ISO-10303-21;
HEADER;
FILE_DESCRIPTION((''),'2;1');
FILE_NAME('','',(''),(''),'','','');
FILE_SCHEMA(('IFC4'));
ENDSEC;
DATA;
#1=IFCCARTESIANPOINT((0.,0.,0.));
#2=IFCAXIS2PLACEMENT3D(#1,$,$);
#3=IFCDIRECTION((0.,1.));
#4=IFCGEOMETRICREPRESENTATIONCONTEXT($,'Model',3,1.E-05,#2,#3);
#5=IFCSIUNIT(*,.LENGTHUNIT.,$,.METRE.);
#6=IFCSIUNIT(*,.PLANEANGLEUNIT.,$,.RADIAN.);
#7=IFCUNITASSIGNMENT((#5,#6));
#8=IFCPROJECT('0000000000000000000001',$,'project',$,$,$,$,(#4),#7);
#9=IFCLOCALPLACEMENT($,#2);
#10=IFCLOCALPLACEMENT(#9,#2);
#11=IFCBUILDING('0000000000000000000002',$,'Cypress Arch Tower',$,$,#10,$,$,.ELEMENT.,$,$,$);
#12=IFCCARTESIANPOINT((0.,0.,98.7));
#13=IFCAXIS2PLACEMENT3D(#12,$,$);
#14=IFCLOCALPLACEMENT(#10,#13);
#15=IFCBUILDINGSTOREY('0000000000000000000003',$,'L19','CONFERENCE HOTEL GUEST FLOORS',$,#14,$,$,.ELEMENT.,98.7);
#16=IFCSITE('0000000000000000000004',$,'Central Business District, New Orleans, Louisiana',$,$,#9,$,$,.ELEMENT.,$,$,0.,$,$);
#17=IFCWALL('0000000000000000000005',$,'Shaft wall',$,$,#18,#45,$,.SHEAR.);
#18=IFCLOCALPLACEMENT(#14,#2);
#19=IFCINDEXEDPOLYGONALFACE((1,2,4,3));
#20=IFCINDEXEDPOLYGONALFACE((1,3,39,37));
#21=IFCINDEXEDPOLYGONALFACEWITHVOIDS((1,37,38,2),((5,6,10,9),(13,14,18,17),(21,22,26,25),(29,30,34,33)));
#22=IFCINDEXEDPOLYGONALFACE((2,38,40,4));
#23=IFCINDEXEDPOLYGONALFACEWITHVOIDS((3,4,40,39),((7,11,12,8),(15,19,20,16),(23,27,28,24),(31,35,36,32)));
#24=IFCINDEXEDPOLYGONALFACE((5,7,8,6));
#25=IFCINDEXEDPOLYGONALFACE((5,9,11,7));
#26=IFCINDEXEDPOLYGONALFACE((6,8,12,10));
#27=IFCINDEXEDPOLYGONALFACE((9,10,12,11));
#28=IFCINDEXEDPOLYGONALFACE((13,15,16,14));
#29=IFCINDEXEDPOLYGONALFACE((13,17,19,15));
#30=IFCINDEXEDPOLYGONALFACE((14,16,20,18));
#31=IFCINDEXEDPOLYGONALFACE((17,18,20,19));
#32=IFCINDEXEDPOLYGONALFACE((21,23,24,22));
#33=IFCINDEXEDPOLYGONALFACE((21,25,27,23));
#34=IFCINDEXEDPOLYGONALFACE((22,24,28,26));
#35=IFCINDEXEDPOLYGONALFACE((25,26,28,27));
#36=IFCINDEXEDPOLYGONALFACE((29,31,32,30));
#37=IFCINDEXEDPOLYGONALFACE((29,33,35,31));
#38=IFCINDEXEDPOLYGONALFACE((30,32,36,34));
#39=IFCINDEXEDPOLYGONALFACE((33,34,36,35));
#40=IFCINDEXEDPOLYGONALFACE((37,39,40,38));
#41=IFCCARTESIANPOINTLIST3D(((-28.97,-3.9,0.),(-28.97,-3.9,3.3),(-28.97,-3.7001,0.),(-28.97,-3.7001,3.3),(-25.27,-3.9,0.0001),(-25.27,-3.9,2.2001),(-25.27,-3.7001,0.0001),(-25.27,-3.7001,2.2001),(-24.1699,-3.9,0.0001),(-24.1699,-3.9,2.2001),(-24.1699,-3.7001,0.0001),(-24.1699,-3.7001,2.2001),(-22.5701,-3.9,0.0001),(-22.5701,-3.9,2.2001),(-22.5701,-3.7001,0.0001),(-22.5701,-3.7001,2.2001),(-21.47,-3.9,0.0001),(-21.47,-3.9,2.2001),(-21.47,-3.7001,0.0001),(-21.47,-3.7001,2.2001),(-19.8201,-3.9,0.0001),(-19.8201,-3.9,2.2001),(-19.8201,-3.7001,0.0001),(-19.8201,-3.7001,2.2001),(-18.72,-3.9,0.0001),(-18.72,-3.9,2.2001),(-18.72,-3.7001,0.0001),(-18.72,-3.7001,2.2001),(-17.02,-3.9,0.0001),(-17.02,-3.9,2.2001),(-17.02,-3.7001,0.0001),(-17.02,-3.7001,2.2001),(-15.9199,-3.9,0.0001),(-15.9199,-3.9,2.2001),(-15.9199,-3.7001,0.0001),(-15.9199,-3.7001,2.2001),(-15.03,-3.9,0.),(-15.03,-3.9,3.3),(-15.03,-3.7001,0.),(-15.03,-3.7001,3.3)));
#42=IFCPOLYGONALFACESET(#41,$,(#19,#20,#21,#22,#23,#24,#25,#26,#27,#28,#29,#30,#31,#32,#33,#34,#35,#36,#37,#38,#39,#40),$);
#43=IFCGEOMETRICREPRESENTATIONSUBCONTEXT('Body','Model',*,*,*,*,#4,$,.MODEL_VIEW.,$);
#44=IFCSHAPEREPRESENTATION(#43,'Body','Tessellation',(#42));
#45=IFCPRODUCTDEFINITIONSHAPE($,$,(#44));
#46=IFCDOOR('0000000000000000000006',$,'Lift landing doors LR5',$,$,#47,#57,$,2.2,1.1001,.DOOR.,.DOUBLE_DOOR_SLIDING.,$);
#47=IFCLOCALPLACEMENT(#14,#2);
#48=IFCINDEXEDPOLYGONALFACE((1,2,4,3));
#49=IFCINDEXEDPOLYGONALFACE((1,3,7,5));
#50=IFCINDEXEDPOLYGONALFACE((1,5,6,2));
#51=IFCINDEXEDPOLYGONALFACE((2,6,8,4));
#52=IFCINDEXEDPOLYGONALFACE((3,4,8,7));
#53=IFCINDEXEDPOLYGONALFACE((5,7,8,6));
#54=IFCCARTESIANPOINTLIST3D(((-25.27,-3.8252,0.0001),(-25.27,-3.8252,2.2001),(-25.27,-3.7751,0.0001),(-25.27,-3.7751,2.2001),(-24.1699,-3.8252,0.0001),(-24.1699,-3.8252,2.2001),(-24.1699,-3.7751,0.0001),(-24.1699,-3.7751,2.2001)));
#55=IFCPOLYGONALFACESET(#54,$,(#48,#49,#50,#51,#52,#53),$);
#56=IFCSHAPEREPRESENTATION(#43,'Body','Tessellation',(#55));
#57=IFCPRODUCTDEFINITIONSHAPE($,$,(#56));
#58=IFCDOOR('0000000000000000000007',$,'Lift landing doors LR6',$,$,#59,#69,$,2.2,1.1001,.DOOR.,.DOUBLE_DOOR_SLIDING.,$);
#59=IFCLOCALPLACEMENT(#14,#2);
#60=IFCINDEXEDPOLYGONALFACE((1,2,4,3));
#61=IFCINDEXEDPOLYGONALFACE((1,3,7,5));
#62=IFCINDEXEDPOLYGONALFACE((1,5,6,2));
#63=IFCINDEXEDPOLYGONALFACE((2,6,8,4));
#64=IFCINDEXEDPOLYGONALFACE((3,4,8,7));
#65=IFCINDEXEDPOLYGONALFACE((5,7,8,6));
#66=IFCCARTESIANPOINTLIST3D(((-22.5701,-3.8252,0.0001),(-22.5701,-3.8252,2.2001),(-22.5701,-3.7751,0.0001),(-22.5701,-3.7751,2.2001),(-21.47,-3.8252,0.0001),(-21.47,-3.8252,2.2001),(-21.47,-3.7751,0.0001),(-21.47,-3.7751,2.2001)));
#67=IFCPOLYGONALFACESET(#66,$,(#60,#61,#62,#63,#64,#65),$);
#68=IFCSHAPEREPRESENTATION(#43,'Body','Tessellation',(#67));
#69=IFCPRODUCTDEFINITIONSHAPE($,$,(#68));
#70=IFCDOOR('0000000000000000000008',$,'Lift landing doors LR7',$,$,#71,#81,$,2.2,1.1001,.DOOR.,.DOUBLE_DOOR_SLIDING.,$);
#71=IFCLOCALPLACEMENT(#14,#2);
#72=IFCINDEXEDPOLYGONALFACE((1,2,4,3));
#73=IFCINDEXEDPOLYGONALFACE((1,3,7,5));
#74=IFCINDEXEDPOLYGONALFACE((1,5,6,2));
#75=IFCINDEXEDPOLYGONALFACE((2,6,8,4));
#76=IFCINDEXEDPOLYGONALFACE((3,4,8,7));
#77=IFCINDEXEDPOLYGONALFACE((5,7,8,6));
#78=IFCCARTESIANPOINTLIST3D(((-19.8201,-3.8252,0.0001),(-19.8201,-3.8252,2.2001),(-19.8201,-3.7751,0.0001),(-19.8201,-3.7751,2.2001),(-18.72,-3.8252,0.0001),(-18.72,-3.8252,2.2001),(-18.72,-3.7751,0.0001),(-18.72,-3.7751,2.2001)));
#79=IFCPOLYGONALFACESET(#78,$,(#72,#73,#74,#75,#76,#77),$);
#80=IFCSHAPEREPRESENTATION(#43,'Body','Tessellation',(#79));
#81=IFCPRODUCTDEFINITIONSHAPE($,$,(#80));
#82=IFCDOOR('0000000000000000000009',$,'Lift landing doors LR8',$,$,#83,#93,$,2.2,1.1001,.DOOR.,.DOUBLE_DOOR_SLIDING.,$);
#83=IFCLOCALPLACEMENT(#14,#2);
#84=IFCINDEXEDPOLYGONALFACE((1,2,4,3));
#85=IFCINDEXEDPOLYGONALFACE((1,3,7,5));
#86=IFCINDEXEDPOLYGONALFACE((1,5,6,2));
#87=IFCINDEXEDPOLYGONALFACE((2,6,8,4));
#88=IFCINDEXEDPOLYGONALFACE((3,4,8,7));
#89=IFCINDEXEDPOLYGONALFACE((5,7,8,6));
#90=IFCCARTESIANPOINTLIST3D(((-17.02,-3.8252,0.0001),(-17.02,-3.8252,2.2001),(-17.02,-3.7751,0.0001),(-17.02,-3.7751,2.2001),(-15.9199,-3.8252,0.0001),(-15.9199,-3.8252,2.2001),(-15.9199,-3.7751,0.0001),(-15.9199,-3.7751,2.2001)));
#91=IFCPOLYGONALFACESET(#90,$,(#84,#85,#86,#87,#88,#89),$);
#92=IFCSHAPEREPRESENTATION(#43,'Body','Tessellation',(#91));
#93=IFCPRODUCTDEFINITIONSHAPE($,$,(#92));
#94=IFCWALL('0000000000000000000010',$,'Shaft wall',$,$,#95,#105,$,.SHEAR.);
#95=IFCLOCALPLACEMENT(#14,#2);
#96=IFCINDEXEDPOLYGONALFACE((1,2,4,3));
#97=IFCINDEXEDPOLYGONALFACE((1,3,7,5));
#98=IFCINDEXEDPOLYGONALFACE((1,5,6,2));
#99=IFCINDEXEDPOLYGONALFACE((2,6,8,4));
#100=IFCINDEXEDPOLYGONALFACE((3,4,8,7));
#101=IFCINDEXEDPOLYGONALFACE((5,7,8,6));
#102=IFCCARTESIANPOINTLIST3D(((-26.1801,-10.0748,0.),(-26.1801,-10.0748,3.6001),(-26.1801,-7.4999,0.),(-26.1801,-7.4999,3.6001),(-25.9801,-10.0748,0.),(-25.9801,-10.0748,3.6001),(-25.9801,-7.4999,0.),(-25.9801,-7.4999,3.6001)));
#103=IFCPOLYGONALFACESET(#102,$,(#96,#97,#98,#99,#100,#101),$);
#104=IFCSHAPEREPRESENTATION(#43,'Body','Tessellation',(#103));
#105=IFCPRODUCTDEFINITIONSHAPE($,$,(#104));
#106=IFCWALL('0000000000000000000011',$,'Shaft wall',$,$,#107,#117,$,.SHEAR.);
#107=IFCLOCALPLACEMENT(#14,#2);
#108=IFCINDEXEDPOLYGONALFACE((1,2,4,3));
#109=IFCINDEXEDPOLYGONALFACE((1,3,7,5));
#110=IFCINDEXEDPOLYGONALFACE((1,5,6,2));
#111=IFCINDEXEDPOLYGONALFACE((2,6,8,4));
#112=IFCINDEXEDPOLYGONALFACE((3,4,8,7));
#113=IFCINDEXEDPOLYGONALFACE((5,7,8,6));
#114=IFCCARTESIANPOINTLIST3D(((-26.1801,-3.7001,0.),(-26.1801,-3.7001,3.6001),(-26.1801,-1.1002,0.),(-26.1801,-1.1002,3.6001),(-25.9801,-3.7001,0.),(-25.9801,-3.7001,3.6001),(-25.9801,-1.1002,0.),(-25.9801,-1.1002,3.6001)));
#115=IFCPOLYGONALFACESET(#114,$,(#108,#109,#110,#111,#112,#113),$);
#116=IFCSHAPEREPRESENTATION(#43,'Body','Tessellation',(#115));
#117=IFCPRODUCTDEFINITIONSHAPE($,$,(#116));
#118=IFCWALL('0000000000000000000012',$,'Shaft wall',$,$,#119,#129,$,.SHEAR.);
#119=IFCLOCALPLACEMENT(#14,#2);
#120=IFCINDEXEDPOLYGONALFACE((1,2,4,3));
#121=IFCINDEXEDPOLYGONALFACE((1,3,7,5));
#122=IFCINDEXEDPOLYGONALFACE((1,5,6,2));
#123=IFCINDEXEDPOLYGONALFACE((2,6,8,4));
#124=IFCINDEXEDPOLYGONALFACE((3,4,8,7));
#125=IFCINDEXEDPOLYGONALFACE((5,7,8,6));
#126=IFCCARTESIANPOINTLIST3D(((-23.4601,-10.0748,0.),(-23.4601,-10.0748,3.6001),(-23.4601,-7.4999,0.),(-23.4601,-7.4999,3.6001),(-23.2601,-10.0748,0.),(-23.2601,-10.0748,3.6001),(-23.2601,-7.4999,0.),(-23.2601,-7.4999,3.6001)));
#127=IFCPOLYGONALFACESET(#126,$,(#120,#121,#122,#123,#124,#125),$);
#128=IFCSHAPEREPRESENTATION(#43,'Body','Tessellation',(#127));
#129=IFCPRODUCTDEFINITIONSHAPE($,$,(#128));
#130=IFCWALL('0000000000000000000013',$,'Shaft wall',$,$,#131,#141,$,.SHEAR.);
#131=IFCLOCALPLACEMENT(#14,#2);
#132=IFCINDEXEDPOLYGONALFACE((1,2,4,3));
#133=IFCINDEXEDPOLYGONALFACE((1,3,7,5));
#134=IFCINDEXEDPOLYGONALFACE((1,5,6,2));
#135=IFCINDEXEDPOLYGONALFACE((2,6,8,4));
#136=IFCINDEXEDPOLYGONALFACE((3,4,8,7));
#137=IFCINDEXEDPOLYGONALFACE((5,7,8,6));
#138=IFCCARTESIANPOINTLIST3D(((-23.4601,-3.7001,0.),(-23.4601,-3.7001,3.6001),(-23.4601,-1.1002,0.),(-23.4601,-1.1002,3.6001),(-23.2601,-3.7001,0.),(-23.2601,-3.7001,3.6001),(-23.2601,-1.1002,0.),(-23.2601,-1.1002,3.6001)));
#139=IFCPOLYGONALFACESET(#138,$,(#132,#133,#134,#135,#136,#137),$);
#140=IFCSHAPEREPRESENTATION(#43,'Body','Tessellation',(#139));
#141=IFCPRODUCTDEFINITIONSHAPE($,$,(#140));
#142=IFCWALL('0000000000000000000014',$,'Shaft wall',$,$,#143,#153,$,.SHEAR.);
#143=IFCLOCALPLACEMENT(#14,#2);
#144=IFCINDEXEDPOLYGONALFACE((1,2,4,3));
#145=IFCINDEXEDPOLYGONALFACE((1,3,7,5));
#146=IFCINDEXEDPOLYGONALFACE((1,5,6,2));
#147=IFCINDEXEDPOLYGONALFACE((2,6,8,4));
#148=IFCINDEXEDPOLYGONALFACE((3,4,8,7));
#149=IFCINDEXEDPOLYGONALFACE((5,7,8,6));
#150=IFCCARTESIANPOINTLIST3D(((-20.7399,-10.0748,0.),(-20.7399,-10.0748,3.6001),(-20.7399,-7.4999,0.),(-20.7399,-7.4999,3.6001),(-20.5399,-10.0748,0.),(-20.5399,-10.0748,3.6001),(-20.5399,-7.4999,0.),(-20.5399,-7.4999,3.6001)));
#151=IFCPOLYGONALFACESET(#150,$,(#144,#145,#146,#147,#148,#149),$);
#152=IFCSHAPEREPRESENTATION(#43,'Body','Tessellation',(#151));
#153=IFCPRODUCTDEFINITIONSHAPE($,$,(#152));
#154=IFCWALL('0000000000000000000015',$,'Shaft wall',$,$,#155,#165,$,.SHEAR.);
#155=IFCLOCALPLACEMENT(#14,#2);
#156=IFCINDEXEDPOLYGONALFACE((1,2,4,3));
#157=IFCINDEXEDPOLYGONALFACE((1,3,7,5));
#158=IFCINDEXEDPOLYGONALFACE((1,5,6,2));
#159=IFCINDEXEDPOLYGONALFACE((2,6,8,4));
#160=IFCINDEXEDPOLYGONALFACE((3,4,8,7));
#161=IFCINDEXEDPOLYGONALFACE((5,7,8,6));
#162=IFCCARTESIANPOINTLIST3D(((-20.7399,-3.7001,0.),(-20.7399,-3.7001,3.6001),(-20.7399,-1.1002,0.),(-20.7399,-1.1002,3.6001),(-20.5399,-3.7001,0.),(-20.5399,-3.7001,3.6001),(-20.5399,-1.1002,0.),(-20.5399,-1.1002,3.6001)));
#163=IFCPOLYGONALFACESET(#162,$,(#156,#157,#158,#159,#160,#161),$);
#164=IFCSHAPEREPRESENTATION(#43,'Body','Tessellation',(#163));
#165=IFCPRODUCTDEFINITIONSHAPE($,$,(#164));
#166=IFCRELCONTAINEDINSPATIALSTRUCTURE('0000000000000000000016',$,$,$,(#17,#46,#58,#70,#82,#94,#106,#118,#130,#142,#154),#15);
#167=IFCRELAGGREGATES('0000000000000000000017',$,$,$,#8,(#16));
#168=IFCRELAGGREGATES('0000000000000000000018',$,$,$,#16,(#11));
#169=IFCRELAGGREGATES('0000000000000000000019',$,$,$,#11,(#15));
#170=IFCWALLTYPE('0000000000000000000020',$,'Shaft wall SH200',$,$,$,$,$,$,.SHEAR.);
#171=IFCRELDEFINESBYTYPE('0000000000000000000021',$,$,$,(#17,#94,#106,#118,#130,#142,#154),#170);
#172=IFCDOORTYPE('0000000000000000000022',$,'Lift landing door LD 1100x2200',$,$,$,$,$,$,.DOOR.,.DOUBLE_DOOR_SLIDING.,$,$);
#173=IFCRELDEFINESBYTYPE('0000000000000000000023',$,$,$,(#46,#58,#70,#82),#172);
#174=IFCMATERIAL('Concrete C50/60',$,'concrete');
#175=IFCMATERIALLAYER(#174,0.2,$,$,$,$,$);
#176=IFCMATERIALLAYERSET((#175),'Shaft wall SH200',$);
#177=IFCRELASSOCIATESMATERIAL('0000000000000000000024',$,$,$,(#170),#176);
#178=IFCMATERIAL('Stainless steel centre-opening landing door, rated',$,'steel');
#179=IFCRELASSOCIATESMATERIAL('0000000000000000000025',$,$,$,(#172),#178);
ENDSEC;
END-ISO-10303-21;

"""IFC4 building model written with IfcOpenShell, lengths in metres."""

from ifc_helpers import new_model, si_unit, direction, frame, frame_2d, origin, place, context, subcontext, project, spatial, rectangle, extrude, material, layer, layer_set, type_object, element, fill, save


model = new_model("IFC4")

# Units and contexts
model_context = context("Model", 3, precision=1e-05, world=origin(), true_north=direction((0.0, 1.0)))
body_context = subcontext(model_context, "Body", "Model", "MODEL_VIEW")
ifc_project = project(units=[si_unit("LENGTHUNIT", "METRE"), si_unit("PLANEANGLEUNIT", "RADIAN")], contexts=[model_context])

# Site, building, storey
site_placement = place(None, origin())
site = spatial("IfcSite", under=ifc_project, at=site_placement, Name="Central Business District, New Orleans, Louisiana", CompositionType="ELEMENT", RefElevation=0.0)
building_placement = place(site_placement, origin())
building = spatial("IfcBuilding", under=site, at=building_placement, Name="Cypress Arch Tower", CompositionType="ELEMENT")
storey_placement = place(building_placement, frame((0.0, 0.0, 98.7)))
storey = spatial("IfcBuildingStorey", under=building, at=storey_placement, Name="L19", Description="CONFERENCE HOTEL GUEST FLOORS", CompositionType="ELEMENT", Elevation=98.7)

# Wall, openings, doors
ifc_material_1 = material(Name="Concrete C50/60", Category="concrete")
ifc_layer_1 = layer(ifc_material_1, 0.2)
ifc_layer_set_1 = layer_set([ifc_layer_1], Name="Shaft wall SH200")
wall_type_1 = type_object("IfcWallType", Name="Shaft wall SH200", PredefinedType="SHEAR", material=ifc_layer_set_1)
ifc_material_2 = material(Name="Stainless steel centre-opening landing door, rated", Category="steel")
door_type = type_object("IfcDoorType", Name="Lift landing door LD 1100x2200", OperationType="DOUBLE_DOOR_SLIDING", PredefinedType="DOOR", material=ifc_material_2)
wall_1_placement = place(storey_placement, frame((-28.97, -3.8, 0.0), z_axis=(0.0, 0.0, 1.0), x_axis=(1.0, 0.0, 0.0)))
wall_1 = element("IfcWall", 1, at=wall_1_placement, inside=storey, type_object=wall_type_1, Name="Shaft wall", PredefinedType="SHEAR", context=body_context, shape_type="SweptSolid", body=[
    extrude(rectangle(XDim=13.9399, YDim=0.2, at=frame_2d((6.97, 0.0))), origin(), (0.0, 0.0, 1.0), 3.3),
])
opening_1_placement = place(wall_1_placement, frame((3.7, 0.0, 0.0)))
opening_1 = element("IfcOpeningElement", 2, at=opening_1_placement, cuts=wall_1, PredefinedType="OPENING", context=body_context, shape_type="SweptSolid", body=[
    extrude(rectangle(XDim=1.1001, YDim=2.2, at=frame_2d((0.55, 1.1001))), frame((0.0, 0.1099, 0.0), z_axis=(0.0, -1.0, 0.0), x_axis=(1.0, 0.0, 0.0)), (0.0, 0.0, 1.0), 0.22),
])
opening_2_placement = place(wall_1_placement, frame((6.3999, 0.0, 0.0)))
opening_2 = element("IfcOpeningElement", 3, at=opening_2_placement, cuts=wall_1, PredefinedType="OPENING", context=body_context, shape_type="SweptSolid", body=[
    extrude(rectangle(XDim=1.1001, YDim=2.2, at=frame_2d((0.55, 1.1001))), frame((0.0, 0.1099, 0.0), z_axis=(0.0, -1.0, 0.0), x_axis=(1.0, 0.0, 0.0)), (0.0, 0.0, 1.0), 0.22),
])
opening_3_placement = place(wall_1_placement, frame((9.1499, 0.0, 0.0)))
opening_3 = element("IfcOpeningElement", 4, at=opening_3_placement, cuts=wall_1, PredefinedType="OPENING", context=body_context, shape_type="SweptSolid", body=[
    extrude(rectangle(XDim=1.1001, YDim=2.2, at=frame_2d((0.55, 1.1001))), frame((0.0, 0.1099, 0.0), z_axis=(0.0, -1.0, 0.0), x_axis=(1.0, 0.0, 0.0)), (0.0, 0.0, 1.0), 0.22),
])
opening_4_placement = place(wall_1_placement, frame((11.95, 0.0, 0.0)))
opening_4 = element("IfcOpeningElement", 5, at=opening_4_placement, cuts=wall_1, PredefinedType="OPENING", context=body_context, shape_type="SweptSolid", body=[
    extrude(rectangle(XDim=1.1001, YDim=2.2, at=frame_2d((0.55, 1.1001))), frame((0.0, 0.1099, 0.0), z_axis=(0.0, -1.0, 0.0), x_axis=(1.0, 0.0, 0.0)), (0.0, 0.0, 1.0), 0.22),
])
door_1_placement = place(opening_1_placement, origin())
door_1 = element("IfcDoor", 6, at=door_1_placement, inside=storey, type_object=door_type, Name="Lift landing doors LR5", OperationType="DOUBLE_DOOR_SLIDING", OverallHeight=2.2, OverallWidth=1.1001, PredefinedType="DOOR", context=body_context, shape_type="SweptSolid", body=[
    extrude(rectangle(XDim=1.1001, YDim=2.2, at=frame_2d((0.55, 1.1001))), frame((0.0, 0.0249, 0.0), z_axis=(0.0, -1.0, 0.0), x_axis=(1.0, 0.0, 0.0)), (0.0, 0.0, 1.0), 0.05),
])
fill(opening_1, door_1)
door_2_placement = place(opening_2_placement, origin())
door_2 = element("IfcDoor", 7, at=door_2_placement, inside=storey, type_object=door_type, Name="Lift landing doors LR6", OperationType="DOUBLE_DOOR_SLIDING", OverallHeight=2.2, OverallWidth=1.1001, PredefinedType="DOOR", context=body_context, shape_type="SweptSolid", body=[
    extrude(rectangle(XDim=1.1001, YDim=2.2, at=frame_2d((0.55, 1.1001))), frame((0.0, 0.0249, 0.0), z_axis=(0.0, -1.0, 0.0), x_axis=(1.0, 0.0, 0.0)), (0.0, 0.0, 1.0), 0.05),
])
fill(opening_2, door_2)
door_3_placement = place(opening_3_placement, origin())
door_3 = element("IfcDoor", 8, at=door_3_placement, inside=storey, type_object=door_type, Name="Lift landing doors LR7", OperationType="DOUBLE_DOOR_SLIDING", OverallHeight=2.2, OverallWidth=1.1001, PredefinedType="DOOR", context=body_context, shape_type="SweptSolid", body=[
    extrude(rectangle(XDim=1.1001, YDim=2.2, at=frame_2d((0.55, 1.1001))), frame((0.0, 0.0249, 0.0), z_axis=(0.0, -1.0, 0.0), x_axis=(1.0, 0.0, 0.0)), (0.0, 0.0, 1.0), 0.05),
])
fill(opening_3, door_3)
door_4_placement = place(opening_4_placement, origin())
door_4 = element("IfcDoor", 9, at=door_4_placement, inside=storey, type_object=door_type, Name="Lift landing doors LR8", OperationType="DOUBLE_DOOR_SLIDING", OverallHeight=2.2, OverallWidth=1.1001, PredefinedType="DOOR", context=body_context, shape_type="SweptSolid", body=[
    extrude(rectangle(XDim=1.1001, YDim=2.2, at=frame_2d((0.55, 1.1001))), frame((0.0, 0.0249, 0.0), z_axis=(0.0, -1.0, 0.0), x_axis=(1.0, 0.0, 0.0)), (0.0, 0.0, 1.0), 0.05),
])
fill(opening_4, door_4)

# Walls
wall_2_placement = place(storey_placement, frame((-26.0801, -10.075, 0.0), z_axis=(0.0, 0.0, 1.0), x_axis=(0.0, 1.0, 0.0)))
element("IfcWall", 10, at=wall_2_placement, inside=storey, type_object=wall_type_1, Name="Shaft wall", PredefinedType="SHEAR", context=body_context, shape_type="SweptSolid", body=[
    extrude(rectangle(XDim=2.575, YDim=0.2, at=frame_2d((1.2876, 0.0))), origin(), (0.0, 0.0, 1.0), 3.6001),
])
wall_3_placement = place(storey_placement, frame((-26.0801, -3.7, 0.0), z_axis=(0.0, 0.0, 1.0), x_axis=(0.0, 1.0, 0.0)))
element("IfcWall", 11, at=wall_3_placement, inside=storey, type_object=wall_type_1, Name="Shaft wall", PredefinedType="SHEAR", context=body_context, shape_type="SweptSolid", body=[
    extrude(rectangle(XDim=2.5999, YDim=0.2, at=frame_2d((1.2998, 0.0))), origin(), (0.0, 0.0, 1.0), 3.6001),
])
wall_4_placement = place(storey_placement, frame((-23.3601, -10.075, 0.0), z_axis=(0.0, 0.0, 1.0), x_axis=(0.0, 1.0, 0.0)))
element("IfcWall", 12, at=wall_4_placement, inside=storey, type_object=wall_type_1, Name="Shaft wall", PredefinedType="SHEAR", context=body_context, shape_type="SweptSolid", body=[
    extrude(rectangle(XDim=2.575, YDim=0.2, at=frame_2d((1.2876, 0.0))), origin(), (0.0, 0.0, 1.0), 3.6001),
])
wall_5_placement = place(storey_placement, frame((-23.3601, -3.7, 0.0), z_axis=(0.0, 0.0, 1.0), x_axis=(0.0, 1.0, 0.0)))
element("IfcWall", 13, at=wall_5_placement, inside=storey, type_object=wall_type_1, Name="Shaft wall", PredefinedType="SHEAR", context=body_context, shape_type="SweptSolid", body=[
    extrude(rectangle(XDim=2.5999, YDim=0.2, at=frame_2d((1.2998, 0.0))), origin(), (0.0, 0.0, 1.0), 3.6001),
])
wall_6_placement = place(storey_placement, frame((-20.6399, -10.075, 0.0), z_axis=(0.0, 0.0, 1.0), x_axis=(0.0, 1.0, 0.0)))
element("IfcWall", 14, at=wall_6_placement, inside=storey, type_object=wall_type_1, Name="Shaft wall", PredefinedType="SHEAR", context=body_context, shape_type="SweptSolid", body=[
    extrude(rectangle(XDim=2.575, YDim=0.2, at=frame_2d((1.2876, 0.0))), origin(), (0.0, 0.0, 1.0), 3.6001),
])
wall_7_placement = place(storey_placement, frame((-20.6399, -3.7, 0.0), z_axis=(0.0, 0.0, 1.0), x_axis=(0.0, 1.0, 0.0)))
element("IfcWall", 15, at=wall_7_placement, inside=storey, type_object=wall_type_1, Name="Shaft wall", PredefinedType="SHEAR", context=body_context, shape_type="SweptSolid", body=[
    extrude(rectangle(XDim=2.5999, YDim=0.2, at=frame_2d((1.2998, 0.0))), origin(), (0.0, 0.0, 1.0), 3.6001),
])

save(model, "model.ifc")
